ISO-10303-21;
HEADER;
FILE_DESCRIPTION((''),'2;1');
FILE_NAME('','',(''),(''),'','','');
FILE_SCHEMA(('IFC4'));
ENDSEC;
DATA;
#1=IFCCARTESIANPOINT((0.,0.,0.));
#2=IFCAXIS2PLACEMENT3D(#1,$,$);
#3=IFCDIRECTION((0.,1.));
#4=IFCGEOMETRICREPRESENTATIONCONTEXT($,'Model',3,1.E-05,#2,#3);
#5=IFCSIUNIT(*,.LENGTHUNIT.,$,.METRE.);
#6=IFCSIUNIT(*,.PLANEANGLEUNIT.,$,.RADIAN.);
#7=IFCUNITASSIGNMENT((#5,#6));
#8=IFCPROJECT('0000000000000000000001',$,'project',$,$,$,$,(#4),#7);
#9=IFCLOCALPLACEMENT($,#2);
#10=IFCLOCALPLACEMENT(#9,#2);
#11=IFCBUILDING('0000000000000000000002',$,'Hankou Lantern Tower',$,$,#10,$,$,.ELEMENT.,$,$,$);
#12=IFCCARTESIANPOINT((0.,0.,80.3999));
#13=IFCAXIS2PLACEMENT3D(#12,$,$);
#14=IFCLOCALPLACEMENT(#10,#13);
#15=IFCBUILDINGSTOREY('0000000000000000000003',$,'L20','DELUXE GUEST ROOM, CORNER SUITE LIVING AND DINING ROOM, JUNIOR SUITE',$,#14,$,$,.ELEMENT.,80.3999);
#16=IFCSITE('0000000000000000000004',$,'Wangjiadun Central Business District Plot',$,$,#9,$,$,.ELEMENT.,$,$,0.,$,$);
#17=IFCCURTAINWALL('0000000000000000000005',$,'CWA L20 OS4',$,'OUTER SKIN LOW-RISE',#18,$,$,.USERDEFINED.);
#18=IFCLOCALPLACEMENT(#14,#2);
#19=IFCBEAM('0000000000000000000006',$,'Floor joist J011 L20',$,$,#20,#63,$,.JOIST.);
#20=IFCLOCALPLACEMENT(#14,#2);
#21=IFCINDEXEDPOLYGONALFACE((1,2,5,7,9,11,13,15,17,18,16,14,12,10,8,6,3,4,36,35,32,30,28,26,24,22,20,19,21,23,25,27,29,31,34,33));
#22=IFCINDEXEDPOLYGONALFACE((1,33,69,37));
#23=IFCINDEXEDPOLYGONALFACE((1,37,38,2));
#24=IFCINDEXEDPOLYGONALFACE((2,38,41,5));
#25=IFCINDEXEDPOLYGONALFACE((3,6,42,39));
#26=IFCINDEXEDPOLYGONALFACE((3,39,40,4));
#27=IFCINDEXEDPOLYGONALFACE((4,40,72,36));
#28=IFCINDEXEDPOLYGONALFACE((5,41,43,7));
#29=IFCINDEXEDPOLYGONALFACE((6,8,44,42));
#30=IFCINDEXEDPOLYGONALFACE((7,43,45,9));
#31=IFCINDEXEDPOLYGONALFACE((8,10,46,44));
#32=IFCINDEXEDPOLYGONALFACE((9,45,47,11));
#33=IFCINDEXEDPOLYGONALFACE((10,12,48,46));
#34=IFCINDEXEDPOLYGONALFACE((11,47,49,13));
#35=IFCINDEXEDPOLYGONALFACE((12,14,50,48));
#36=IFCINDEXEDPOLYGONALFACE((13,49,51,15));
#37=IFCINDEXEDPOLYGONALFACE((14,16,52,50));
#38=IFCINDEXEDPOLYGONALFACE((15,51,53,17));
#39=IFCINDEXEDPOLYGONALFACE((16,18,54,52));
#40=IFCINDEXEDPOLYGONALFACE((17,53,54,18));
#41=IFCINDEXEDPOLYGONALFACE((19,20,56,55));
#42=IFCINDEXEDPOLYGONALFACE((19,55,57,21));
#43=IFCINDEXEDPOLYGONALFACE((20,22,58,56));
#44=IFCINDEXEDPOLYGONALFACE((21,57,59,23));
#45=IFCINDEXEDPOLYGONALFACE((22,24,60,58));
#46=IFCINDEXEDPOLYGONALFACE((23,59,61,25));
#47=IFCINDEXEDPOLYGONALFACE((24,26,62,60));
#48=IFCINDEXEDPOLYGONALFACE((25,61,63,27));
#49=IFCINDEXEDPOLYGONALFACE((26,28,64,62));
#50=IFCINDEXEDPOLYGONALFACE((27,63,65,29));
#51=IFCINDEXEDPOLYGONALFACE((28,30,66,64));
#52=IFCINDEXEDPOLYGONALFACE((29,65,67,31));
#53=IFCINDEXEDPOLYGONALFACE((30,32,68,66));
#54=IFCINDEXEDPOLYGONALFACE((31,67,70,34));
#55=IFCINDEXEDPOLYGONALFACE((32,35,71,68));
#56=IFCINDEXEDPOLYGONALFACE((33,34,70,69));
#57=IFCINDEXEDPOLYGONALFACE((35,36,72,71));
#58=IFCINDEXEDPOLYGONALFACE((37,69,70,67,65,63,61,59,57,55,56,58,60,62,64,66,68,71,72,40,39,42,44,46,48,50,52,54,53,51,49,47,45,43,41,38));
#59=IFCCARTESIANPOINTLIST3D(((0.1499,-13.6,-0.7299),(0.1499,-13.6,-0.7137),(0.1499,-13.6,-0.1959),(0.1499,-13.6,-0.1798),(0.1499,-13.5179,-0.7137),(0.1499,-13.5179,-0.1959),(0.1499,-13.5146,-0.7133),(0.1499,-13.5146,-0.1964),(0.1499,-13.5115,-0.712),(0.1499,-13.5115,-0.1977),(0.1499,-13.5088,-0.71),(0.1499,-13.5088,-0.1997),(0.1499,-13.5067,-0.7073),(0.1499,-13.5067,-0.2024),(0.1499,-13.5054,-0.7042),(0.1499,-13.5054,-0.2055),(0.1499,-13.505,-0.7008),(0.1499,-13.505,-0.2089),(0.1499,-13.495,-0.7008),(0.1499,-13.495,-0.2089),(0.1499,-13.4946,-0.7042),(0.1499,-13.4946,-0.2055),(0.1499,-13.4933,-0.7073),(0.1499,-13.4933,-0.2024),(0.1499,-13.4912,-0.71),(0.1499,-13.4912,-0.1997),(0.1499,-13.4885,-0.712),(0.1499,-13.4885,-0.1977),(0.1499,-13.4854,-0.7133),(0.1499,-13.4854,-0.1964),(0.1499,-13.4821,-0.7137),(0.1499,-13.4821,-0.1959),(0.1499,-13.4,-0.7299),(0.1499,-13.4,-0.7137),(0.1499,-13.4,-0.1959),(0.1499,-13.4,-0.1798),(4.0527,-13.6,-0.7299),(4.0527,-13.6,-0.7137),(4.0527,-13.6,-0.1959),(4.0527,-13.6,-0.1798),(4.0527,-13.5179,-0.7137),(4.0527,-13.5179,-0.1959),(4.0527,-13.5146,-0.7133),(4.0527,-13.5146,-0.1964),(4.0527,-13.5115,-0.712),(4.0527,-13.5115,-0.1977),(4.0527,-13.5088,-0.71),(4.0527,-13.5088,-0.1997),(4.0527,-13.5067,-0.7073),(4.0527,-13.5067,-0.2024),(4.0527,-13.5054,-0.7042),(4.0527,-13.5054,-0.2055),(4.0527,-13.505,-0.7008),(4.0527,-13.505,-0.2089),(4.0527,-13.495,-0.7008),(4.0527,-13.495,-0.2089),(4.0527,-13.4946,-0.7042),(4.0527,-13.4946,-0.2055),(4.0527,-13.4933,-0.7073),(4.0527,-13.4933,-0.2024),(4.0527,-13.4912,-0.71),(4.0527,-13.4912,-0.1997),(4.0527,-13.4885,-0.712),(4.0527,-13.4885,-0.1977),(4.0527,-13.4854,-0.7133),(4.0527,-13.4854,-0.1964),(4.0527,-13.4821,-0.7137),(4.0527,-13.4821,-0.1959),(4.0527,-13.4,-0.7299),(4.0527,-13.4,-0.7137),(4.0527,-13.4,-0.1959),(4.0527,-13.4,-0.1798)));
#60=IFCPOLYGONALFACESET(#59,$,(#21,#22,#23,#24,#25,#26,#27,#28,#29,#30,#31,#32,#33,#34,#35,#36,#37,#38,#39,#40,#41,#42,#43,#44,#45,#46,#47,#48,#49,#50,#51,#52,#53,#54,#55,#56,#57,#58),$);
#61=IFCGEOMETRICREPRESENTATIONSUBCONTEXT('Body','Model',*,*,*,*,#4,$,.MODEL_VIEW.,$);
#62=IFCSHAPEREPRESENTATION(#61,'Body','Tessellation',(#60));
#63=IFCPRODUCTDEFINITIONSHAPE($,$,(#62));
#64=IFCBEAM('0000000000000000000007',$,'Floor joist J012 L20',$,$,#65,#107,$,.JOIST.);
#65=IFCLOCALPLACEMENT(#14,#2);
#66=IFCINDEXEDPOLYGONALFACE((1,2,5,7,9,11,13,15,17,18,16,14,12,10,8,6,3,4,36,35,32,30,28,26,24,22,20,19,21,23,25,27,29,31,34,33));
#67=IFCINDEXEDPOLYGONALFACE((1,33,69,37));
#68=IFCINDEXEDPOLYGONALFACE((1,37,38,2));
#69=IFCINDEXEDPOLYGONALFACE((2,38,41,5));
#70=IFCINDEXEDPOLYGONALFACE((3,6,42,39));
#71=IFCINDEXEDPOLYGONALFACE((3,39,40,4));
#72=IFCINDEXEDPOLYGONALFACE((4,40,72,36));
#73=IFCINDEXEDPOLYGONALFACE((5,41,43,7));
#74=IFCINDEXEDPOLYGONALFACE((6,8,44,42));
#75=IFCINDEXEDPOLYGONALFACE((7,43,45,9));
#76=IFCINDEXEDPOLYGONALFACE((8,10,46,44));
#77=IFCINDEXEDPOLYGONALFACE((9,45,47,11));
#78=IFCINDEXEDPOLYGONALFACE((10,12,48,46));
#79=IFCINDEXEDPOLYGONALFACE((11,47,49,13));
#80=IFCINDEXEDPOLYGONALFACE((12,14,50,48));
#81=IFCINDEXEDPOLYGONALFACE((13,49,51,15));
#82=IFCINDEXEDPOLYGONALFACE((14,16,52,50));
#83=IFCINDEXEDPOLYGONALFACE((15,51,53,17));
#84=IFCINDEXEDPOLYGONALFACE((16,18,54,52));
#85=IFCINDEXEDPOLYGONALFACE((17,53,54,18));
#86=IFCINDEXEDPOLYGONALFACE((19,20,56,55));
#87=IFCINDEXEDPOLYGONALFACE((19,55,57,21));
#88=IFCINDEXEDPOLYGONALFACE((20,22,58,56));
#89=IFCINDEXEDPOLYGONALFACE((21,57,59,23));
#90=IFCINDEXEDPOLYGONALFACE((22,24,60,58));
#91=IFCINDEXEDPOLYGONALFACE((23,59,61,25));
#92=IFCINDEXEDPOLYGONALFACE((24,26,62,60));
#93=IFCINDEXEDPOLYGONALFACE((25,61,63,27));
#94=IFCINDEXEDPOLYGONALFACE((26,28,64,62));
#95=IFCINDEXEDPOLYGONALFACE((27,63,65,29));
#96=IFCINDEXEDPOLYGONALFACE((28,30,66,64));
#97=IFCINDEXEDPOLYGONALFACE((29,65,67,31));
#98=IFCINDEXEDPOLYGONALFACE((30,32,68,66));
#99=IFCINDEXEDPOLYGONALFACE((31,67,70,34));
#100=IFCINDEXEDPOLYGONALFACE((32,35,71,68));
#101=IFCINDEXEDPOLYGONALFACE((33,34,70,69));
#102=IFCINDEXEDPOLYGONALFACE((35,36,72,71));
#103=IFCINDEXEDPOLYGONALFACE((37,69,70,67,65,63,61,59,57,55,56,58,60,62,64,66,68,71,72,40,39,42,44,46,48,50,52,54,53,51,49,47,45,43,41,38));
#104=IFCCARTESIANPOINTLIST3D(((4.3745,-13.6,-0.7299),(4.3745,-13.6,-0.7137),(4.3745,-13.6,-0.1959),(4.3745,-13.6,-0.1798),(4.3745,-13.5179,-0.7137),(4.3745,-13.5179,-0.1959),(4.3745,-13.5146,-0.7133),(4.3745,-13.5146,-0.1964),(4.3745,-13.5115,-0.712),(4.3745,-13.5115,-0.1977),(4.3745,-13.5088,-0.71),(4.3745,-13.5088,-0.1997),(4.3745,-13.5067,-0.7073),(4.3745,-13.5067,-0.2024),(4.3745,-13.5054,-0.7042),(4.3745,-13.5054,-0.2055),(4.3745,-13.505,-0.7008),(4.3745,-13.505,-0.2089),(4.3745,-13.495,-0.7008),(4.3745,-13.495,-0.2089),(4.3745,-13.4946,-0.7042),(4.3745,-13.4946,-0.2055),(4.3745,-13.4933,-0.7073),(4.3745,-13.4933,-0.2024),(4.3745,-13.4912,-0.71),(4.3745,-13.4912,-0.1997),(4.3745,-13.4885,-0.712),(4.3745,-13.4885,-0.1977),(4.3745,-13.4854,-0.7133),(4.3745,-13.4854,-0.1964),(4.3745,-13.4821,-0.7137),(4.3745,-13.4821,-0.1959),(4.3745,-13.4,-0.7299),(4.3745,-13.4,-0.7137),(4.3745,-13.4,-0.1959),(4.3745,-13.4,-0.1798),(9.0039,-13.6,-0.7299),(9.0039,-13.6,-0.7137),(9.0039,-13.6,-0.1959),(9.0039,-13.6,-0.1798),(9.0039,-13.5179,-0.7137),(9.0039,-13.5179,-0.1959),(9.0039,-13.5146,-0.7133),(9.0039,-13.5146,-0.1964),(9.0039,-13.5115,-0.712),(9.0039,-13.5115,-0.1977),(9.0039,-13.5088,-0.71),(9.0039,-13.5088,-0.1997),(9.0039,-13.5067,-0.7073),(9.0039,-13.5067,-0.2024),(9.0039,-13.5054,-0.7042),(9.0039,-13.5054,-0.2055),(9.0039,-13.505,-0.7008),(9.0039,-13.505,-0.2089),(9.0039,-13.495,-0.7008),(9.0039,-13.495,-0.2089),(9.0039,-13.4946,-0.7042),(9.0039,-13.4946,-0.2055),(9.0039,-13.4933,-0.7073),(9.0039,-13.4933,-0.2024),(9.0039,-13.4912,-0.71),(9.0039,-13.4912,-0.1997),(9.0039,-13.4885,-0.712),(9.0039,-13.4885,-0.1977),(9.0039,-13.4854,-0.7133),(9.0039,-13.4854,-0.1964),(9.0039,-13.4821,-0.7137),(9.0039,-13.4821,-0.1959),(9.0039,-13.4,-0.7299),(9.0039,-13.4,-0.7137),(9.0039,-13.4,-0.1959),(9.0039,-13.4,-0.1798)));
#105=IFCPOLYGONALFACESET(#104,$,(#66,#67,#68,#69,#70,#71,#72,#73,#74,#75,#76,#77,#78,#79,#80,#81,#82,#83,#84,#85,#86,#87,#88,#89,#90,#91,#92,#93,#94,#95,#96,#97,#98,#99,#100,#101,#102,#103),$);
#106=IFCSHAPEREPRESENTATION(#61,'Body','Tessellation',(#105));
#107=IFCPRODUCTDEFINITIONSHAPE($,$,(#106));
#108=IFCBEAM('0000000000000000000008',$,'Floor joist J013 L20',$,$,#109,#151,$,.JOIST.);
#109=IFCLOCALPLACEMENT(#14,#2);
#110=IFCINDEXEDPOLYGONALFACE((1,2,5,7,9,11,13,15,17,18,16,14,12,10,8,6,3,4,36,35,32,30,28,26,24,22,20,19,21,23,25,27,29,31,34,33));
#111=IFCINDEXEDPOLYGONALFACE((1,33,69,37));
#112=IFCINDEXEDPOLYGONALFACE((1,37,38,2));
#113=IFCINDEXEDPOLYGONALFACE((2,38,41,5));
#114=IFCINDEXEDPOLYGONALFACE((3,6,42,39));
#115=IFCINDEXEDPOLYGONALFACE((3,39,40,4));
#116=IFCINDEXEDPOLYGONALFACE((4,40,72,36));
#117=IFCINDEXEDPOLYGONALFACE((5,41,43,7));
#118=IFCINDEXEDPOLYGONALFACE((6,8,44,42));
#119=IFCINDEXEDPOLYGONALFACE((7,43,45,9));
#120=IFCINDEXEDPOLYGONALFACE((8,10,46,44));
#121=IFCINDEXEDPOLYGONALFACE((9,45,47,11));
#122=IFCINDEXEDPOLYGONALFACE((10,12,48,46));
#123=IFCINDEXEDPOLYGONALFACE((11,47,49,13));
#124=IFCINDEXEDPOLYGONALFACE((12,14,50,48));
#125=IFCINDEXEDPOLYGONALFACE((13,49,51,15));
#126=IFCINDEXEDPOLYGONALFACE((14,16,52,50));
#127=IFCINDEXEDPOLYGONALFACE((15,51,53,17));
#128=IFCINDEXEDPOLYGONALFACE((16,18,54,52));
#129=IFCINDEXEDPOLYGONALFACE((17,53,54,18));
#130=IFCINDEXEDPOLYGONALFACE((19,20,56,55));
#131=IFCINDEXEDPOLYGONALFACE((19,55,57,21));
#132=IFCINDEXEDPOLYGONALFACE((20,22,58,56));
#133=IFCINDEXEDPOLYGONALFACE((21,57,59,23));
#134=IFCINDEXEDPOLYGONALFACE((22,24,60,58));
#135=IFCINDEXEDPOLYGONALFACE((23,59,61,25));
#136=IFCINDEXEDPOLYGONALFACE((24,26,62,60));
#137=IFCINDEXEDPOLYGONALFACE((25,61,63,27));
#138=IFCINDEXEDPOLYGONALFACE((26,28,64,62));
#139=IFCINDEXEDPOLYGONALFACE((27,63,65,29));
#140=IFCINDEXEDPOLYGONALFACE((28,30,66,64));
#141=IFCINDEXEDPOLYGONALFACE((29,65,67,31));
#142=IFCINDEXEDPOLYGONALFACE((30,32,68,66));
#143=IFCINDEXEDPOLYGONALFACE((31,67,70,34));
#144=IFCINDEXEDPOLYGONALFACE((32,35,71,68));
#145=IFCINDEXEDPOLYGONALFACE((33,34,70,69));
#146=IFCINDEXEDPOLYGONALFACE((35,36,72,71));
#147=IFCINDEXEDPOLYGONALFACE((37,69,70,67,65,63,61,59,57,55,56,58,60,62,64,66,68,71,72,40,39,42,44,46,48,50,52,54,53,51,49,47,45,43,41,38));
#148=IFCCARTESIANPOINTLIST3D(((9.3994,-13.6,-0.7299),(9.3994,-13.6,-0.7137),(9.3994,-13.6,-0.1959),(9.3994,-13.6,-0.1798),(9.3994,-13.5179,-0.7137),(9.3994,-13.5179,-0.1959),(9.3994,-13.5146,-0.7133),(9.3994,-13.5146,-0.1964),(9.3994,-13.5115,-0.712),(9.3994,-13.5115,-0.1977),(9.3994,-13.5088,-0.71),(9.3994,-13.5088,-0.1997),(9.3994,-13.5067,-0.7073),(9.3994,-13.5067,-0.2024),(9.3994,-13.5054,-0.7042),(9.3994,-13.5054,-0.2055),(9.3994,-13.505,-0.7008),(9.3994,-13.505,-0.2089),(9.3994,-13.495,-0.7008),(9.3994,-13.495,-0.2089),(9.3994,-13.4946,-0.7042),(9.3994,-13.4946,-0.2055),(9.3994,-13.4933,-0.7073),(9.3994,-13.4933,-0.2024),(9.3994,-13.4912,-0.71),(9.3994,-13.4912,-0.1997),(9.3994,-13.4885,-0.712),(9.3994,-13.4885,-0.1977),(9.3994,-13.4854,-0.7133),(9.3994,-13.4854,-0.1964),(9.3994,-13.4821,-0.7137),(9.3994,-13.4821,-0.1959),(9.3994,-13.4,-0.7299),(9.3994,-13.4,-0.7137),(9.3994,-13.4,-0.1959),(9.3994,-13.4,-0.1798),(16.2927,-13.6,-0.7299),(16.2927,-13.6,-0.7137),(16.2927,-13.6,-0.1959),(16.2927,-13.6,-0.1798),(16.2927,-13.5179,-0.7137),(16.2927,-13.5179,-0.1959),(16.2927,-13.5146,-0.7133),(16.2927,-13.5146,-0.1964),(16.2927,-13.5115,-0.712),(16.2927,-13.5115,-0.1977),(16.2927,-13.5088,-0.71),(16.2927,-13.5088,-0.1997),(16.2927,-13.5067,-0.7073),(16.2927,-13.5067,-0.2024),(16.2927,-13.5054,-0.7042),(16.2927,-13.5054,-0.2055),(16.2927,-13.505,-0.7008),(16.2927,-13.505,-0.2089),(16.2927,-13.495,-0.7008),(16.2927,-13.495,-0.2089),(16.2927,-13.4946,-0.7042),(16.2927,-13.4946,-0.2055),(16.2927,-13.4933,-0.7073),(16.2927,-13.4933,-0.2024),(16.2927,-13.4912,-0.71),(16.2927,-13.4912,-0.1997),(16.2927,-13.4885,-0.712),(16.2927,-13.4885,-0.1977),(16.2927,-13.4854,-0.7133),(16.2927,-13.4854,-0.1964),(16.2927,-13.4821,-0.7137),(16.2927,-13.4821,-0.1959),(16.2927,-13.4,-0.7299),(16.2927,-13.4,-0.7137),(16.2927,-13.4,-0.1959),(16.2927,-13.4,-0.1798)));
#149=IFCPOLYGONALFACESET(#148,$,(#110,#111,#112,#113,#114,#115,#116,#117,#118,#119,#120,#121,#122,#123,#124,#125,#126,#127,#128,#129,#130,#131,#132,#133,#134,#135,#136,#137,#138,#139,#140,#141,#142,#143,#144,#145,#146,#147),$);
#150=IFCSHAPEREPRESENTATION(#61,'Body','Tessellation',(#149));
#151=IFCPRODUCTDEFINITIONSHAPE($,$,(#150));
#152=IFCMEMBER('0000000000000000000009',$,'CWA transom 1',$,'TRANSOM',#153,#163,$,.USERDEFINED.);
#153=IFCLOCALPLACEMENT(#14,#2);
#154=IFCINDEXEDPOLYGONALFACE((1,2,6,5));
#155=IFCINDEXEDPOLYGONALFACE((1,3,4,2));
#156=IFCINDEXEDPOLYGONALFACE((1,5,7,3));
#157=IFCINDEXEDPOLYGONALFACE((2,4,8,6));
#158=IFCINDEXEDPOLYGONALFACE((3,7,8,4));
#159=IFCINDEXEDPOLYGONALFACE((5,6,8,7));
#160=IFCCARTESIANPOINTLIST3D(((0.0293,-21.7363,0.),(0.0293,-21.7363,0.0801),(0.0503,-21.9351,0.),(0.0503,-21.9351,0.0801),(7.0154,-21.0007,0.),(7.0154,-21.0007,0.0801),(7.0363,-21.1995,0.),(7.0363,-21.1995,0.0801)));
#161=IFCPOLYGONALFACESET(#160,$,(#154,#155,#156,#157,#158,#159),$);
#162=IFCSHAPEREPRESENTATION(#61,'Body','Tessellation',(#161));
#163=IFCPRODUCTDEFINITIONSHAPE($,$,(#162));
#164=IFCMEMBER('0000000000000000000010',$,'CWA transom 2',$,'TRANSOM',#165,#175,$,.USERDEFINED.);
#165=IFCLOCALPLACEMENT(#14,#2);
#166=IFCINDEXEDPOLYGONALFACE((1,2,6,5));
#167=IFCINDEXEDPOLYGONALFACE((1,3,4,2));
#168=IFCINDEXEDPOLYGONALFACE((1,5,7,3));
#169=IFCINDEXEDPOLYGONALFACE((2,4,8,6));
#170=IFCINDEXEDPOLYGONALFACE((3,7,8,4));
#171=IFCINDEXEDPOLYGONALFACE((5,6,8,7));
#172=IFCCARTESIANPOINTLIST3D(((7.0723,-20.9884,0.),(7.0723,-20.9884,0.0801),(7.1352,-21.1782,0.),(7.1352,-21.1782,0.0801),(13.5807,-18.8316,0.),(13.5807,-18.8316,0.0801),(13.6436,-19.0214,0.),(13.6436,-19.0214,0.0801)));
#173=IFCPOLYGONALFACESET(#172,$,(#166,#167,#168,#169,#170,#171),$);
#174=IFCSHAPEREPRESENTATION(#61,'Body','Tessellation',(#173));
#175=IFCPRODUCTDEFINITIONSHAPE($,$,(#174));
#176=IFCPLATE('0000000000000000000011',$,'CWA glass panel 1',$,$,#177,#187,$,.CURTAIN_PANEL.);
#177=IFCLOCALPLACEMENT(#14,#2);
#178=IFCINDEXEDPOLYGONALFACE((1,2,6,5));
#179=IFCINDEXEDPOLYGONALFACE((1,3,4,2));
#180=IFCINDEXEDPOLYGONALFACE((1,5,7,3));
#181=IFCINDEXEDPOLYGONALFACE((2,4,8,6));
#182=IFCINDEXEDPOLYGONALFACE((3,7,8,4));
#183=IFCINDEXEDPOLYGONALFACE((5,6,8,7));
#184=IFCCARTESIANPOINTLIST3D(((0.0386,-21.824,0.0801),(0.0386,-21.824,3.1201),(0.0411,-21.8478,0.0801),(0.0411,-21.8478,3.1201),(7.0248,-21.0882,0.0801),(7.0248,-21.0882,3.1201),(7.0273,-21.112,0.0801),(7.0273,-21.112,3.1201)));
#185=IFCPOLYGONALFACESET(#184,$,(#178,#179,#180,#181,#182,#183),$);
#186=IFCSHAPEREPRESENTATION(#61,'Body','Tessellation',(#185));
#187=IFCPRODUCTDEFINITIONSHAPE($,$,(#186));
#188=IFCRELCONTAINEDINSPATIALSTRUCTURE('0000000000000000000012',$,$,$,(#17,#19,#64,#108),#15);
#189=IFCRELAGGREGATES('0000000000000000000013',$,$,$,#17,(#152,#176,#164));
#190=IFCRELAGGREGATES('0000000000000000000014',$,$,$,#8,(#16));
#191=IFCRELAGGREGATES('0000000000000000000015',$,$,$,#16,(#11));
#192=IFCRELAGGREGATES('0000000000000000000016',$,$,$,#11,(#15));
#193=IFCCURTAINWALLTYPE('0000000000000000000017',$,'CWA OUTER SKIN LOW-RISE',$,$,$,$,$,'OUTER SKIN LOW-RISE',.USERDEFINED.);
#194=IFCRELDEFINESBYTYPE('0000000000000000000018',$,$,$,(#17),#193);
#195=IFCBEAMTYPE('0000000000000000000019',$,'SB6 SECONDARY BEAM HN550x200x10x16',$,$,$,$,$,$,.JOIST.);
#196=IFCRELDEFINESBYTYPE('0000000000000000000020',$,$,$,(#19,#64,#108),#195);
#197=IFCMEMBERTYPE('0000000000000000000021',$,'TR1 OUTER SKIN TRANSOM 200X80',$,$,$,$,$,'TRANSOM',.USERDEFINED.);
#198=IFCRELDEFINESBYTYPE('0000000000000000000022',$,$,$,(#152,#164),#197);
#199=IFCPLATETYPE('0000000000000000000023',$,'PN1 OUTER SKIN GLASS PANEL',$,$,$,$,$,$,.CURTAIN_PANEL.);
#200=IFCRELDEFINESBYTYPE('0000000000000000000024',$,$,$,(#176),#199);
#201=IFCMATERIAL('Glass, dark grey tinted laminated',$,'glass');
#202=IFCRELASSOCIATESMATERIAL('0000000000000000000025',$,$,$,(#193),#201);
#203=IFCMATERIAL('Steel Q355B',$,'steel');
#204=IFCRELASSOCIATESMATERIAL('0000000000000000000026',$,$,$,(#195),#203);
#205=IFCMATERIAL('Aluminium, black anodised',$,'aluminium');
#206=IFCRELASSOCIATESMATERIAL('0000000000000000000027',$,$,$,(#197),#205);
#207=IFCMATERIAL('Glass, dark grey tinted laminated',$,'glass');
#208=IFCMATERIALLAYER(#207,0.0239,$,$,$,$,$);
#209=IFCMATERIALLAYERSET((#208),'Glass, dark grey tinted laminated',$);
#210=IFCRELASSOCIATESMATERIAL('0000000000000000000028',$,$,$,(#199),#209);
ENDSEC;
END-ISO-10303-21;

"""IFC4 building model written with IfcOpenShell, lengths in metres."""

from ifc_helpers import new_model, si_unit, direction, frame, origin, origin_2d, place, context, subcontext, project, spatial, rectangle, i_section, extrude, material, layer, layer_set, material_profile, profile_set, type_object, element, aggregate, save


model = new_model("IFC4")

# Units and contexts
model_context = context("Model", 3, precision=1e-05, world=origin(), true_north=direction((0.0, 1.0)))
body_context = subcontext(model_context, "Body", "Model", "MODEL_VIEW")
ifc_project = project(units=[si_unit("LENGTHUNIT", "METRE"), si_unit("PLANEANGLEUNIT", "RADIAN")], contexts=[model_context])

# Site, building, storey
site_placement = place(None, origin())
site = spatial("IfcSite", under=ifc_project, at=site_placement, Name="Wangjiadun Central Business District Plot", CompositionType="ELEMENT", RefElevation=0.0)
building_placement = place(site_placement, origin())
building = spatial("IfcBuilding", under=site, at=building_placement, Name="Hankou Lantern Tower", CompositionType="ELEMENT")
storey_placement = place(building_placement, frame((0.0, 0.0, 80.3999)))
storey = spatial("IfcBuildingStorey", under=building, at=storey_placement, Name="L20", Description="DELUXE GUEST ROOM, CORNER SUITE LIVING AND DINING ROOM, JUNIOR SUITE", CompositionType="ELEMENT", Elevation=80.3999)

# Curtain wall
ifc_material_1 = material(Name="Glass, dark grey tinted laminated", Category="glass")
curtain_wall_type = type_object("IfcCurtainWallType", Name="CWA OUTER SKIN LOW-RISE", ElementType="OUTER SKIN LOW-RISE", PredefinedType="USERDEFINED", material=ifc_material_1)
curtain_wall_placement = place(storey_placement, origin())
curtain_wall = element("IfcCurtainWall", 1, at=curtain_wall_placement, inside=storey, type_object=curtain_wall_type, Name="CWA L20 OS4", ObjectType="OUTER SKIN LOW-RISE", PredefinedType="USERDEFINED")

# Beams
ifc_material_2 = material(Name="Steel Q355B", Category="steel")
ifc_material_profile_1 = material_profile(ifc_material_2, i_section(OverallWidth=0.2, OverallDepth=0.55, WebThickness=0.01, FlangeThickness=0.0161, FilletRadius=0.0129, at=origin_2d()), Name="HN550x200x10x16")
ifc_profile_set_1 = profile_set([ifc_material_profile_1], Name="Steel Q355B")
beam_type_1 = type_object("IfcBeamType", Name="SB6 SECONDARY BEAM HN550x200x10x16", PredefinedType="JOIST", material=ifc_profile_set_1)
beam_1_placement = place(storey_placement, frame((0.1499, -13.5, -0.4548), z_axis=(1.0, 0.0, 0.0), x_axis=(0.0, 1.0, 0.0)))
element("IfcBeam", 2, at=beam_1_placement, inside=storey, type_object=beam_type_1, Name="Floor joist J011 L20", PredefinedType="JOIST", context=body_context, shape_type="SweptSolid", body=[
    extrude(i_section(OverallWidth=0.2, OverallDepth=0.55, WebThickness=0.01, FlangeThickness=0.0161, FilletRadius=0.0129, at=origin_2d()), origin(), (0.0, 0.0, 1.0), 3.9028),
])
beam_2_placement = place(storey_placement, frame((4.3745, -13.5, -0.4548), z_axis=(1.0, 0.0, 0.0), x_axis=(0.0, 1.0, 0.0)))
element("IfcBeam", 3, at=beam_2_placement, inside=storey, type_object=beam_type_1, Name="Floor joist J012 L20", PredefinedType="JOIST", context=body_context, shape_type="SweptSolid", body=[
    extrude(i_section(OverallWidth=0.2, OverallDepth=0.55, WebThickness=0.01, FlangeThickness=0.0161, FilletRadius=0.0129, at=origin_2d()), origin(), (0.0, 0.0, 1.0), 4.6294),
])
beam_3_placement = place(storey_placement, frame((9.3994, -13.5, -0.4548), z_axis=(1.0, 0.0, 0.0), x_axis=(0.0, 1.0, 0.0)))
element("IfcBeam", 4, at=beam_3_placement, inside=storey, type_object=beam_type_1, Name="Floor joist J013 L20", PredefinedType="JOIST", context=body_context, shape_type="SweptSolid", body=[
    extrude(i_section(OverallWidth=0.2, OverallDepth=0.55, WebThickness=0.01, FlangeThickness=0.0161, FilletRadius=0.0129, at=origin_2d()), origin(), (0.0, 0.0, 1.0), 6.8933),
])

# Members
ifc_material_3 = material(Name="Aluminium, black anodised", Category="aluminium")
ifc_material_profile_2 = material_profile(ifc_material_3, rectangle(XDim=0.2, YDim=0.0801, at=origin_2d()), Name="TR1 200X80")
ifc_profile_set_2 = profile_set([ifc_material_profile_2], Name="Aluminium, black anodised")
member_type_1 = type_object("IfcMemberType", Name="TR1 OUTER SKIN TRANSOM 200X80", ElementType="TRANSOM", PredefinedType="USERDEFINED", material=ifc_profile_set_2)
member_1_placement = place(storey_placement, frame((0.0398, -21.8357, 0.04), z_axis=(0.994502, 0.104716, 0.0), x_axis=(-0.104716, 0.994502, 0.0)))
member_1 = element("IfcMember", 5, at=member_1_placement, type_object=member_type_1, Name="CWA transom 1", ObjectType="TRANSOM", PredefinedType="USERDEFINED", context=body_context, shape_type="SweptSolid", body=[
    extrude(rectangle(XDim=0.2, YDim=0.0801, at=origin_2d()), origin(), (0.0, 0.0, 1.0), 7.0247),
])
member_2_placement = place(storey_placement, frame((7.1038, -21.0833, 0.04), z_axis=(0.949237, 0.314561, 0.0), x_axis=(-0.314561, 0.949237, 0.0)))
member_2 = element("IfcMember", 6, at=member_2_placement, type_object=member_type_1, Name="CWA transom 2", ObjectType="TRANSOM", PredefinedType="USERDEFINED", context=body_context, shape_type="SweptSolid", body=[
    extrude(rectangle(XDim=0.2, YDim=0.0801, at=origin_2d()), origin(), (0.0, 0.0, 1.0), 6.8564),
])

# Plate
ifc_material_4 = material(Name="Glass, dark grey tinted laminated", Category="glass")
ifc_layer_1 = layer(ifc_material_4, 0.0239)
ifc_layer_set_1 = layer_set([ifc_layer_1], Name="Glass, dark grey tinted laminated")
plate_type = type_object("IfcPlateType", Name="PN1 OUTER SKIN GLASS PANEL", PredefinedType="CURTAIN_PANEL", material=ifc_layer_set_1)
plate_1_placement = place(storey_placement, frame((3.533, -21.468, 0.0801), z_axis=(0.0, 0.0, 1.0), x_axis=(0.994499, 0.104743, 0.0)))
plate_1 = element("IfcPlate", 7, at=plate_1_placement, type_object=plate_type, Name="CWA glass panel 1", PredefinedType="CURTAIN_PANEL", context=body_context, shape_type="SweptSolid", body=[
    extrude(rectangle(XDim=7.0249, YDim=0.0239, at=origin_2d()), origin(), (0.0, 0.0, 1.0), 3.04),
])
aggregate(curtain_wall, [member_1, plate_1, member_2])

save(model, "model.ifc")
